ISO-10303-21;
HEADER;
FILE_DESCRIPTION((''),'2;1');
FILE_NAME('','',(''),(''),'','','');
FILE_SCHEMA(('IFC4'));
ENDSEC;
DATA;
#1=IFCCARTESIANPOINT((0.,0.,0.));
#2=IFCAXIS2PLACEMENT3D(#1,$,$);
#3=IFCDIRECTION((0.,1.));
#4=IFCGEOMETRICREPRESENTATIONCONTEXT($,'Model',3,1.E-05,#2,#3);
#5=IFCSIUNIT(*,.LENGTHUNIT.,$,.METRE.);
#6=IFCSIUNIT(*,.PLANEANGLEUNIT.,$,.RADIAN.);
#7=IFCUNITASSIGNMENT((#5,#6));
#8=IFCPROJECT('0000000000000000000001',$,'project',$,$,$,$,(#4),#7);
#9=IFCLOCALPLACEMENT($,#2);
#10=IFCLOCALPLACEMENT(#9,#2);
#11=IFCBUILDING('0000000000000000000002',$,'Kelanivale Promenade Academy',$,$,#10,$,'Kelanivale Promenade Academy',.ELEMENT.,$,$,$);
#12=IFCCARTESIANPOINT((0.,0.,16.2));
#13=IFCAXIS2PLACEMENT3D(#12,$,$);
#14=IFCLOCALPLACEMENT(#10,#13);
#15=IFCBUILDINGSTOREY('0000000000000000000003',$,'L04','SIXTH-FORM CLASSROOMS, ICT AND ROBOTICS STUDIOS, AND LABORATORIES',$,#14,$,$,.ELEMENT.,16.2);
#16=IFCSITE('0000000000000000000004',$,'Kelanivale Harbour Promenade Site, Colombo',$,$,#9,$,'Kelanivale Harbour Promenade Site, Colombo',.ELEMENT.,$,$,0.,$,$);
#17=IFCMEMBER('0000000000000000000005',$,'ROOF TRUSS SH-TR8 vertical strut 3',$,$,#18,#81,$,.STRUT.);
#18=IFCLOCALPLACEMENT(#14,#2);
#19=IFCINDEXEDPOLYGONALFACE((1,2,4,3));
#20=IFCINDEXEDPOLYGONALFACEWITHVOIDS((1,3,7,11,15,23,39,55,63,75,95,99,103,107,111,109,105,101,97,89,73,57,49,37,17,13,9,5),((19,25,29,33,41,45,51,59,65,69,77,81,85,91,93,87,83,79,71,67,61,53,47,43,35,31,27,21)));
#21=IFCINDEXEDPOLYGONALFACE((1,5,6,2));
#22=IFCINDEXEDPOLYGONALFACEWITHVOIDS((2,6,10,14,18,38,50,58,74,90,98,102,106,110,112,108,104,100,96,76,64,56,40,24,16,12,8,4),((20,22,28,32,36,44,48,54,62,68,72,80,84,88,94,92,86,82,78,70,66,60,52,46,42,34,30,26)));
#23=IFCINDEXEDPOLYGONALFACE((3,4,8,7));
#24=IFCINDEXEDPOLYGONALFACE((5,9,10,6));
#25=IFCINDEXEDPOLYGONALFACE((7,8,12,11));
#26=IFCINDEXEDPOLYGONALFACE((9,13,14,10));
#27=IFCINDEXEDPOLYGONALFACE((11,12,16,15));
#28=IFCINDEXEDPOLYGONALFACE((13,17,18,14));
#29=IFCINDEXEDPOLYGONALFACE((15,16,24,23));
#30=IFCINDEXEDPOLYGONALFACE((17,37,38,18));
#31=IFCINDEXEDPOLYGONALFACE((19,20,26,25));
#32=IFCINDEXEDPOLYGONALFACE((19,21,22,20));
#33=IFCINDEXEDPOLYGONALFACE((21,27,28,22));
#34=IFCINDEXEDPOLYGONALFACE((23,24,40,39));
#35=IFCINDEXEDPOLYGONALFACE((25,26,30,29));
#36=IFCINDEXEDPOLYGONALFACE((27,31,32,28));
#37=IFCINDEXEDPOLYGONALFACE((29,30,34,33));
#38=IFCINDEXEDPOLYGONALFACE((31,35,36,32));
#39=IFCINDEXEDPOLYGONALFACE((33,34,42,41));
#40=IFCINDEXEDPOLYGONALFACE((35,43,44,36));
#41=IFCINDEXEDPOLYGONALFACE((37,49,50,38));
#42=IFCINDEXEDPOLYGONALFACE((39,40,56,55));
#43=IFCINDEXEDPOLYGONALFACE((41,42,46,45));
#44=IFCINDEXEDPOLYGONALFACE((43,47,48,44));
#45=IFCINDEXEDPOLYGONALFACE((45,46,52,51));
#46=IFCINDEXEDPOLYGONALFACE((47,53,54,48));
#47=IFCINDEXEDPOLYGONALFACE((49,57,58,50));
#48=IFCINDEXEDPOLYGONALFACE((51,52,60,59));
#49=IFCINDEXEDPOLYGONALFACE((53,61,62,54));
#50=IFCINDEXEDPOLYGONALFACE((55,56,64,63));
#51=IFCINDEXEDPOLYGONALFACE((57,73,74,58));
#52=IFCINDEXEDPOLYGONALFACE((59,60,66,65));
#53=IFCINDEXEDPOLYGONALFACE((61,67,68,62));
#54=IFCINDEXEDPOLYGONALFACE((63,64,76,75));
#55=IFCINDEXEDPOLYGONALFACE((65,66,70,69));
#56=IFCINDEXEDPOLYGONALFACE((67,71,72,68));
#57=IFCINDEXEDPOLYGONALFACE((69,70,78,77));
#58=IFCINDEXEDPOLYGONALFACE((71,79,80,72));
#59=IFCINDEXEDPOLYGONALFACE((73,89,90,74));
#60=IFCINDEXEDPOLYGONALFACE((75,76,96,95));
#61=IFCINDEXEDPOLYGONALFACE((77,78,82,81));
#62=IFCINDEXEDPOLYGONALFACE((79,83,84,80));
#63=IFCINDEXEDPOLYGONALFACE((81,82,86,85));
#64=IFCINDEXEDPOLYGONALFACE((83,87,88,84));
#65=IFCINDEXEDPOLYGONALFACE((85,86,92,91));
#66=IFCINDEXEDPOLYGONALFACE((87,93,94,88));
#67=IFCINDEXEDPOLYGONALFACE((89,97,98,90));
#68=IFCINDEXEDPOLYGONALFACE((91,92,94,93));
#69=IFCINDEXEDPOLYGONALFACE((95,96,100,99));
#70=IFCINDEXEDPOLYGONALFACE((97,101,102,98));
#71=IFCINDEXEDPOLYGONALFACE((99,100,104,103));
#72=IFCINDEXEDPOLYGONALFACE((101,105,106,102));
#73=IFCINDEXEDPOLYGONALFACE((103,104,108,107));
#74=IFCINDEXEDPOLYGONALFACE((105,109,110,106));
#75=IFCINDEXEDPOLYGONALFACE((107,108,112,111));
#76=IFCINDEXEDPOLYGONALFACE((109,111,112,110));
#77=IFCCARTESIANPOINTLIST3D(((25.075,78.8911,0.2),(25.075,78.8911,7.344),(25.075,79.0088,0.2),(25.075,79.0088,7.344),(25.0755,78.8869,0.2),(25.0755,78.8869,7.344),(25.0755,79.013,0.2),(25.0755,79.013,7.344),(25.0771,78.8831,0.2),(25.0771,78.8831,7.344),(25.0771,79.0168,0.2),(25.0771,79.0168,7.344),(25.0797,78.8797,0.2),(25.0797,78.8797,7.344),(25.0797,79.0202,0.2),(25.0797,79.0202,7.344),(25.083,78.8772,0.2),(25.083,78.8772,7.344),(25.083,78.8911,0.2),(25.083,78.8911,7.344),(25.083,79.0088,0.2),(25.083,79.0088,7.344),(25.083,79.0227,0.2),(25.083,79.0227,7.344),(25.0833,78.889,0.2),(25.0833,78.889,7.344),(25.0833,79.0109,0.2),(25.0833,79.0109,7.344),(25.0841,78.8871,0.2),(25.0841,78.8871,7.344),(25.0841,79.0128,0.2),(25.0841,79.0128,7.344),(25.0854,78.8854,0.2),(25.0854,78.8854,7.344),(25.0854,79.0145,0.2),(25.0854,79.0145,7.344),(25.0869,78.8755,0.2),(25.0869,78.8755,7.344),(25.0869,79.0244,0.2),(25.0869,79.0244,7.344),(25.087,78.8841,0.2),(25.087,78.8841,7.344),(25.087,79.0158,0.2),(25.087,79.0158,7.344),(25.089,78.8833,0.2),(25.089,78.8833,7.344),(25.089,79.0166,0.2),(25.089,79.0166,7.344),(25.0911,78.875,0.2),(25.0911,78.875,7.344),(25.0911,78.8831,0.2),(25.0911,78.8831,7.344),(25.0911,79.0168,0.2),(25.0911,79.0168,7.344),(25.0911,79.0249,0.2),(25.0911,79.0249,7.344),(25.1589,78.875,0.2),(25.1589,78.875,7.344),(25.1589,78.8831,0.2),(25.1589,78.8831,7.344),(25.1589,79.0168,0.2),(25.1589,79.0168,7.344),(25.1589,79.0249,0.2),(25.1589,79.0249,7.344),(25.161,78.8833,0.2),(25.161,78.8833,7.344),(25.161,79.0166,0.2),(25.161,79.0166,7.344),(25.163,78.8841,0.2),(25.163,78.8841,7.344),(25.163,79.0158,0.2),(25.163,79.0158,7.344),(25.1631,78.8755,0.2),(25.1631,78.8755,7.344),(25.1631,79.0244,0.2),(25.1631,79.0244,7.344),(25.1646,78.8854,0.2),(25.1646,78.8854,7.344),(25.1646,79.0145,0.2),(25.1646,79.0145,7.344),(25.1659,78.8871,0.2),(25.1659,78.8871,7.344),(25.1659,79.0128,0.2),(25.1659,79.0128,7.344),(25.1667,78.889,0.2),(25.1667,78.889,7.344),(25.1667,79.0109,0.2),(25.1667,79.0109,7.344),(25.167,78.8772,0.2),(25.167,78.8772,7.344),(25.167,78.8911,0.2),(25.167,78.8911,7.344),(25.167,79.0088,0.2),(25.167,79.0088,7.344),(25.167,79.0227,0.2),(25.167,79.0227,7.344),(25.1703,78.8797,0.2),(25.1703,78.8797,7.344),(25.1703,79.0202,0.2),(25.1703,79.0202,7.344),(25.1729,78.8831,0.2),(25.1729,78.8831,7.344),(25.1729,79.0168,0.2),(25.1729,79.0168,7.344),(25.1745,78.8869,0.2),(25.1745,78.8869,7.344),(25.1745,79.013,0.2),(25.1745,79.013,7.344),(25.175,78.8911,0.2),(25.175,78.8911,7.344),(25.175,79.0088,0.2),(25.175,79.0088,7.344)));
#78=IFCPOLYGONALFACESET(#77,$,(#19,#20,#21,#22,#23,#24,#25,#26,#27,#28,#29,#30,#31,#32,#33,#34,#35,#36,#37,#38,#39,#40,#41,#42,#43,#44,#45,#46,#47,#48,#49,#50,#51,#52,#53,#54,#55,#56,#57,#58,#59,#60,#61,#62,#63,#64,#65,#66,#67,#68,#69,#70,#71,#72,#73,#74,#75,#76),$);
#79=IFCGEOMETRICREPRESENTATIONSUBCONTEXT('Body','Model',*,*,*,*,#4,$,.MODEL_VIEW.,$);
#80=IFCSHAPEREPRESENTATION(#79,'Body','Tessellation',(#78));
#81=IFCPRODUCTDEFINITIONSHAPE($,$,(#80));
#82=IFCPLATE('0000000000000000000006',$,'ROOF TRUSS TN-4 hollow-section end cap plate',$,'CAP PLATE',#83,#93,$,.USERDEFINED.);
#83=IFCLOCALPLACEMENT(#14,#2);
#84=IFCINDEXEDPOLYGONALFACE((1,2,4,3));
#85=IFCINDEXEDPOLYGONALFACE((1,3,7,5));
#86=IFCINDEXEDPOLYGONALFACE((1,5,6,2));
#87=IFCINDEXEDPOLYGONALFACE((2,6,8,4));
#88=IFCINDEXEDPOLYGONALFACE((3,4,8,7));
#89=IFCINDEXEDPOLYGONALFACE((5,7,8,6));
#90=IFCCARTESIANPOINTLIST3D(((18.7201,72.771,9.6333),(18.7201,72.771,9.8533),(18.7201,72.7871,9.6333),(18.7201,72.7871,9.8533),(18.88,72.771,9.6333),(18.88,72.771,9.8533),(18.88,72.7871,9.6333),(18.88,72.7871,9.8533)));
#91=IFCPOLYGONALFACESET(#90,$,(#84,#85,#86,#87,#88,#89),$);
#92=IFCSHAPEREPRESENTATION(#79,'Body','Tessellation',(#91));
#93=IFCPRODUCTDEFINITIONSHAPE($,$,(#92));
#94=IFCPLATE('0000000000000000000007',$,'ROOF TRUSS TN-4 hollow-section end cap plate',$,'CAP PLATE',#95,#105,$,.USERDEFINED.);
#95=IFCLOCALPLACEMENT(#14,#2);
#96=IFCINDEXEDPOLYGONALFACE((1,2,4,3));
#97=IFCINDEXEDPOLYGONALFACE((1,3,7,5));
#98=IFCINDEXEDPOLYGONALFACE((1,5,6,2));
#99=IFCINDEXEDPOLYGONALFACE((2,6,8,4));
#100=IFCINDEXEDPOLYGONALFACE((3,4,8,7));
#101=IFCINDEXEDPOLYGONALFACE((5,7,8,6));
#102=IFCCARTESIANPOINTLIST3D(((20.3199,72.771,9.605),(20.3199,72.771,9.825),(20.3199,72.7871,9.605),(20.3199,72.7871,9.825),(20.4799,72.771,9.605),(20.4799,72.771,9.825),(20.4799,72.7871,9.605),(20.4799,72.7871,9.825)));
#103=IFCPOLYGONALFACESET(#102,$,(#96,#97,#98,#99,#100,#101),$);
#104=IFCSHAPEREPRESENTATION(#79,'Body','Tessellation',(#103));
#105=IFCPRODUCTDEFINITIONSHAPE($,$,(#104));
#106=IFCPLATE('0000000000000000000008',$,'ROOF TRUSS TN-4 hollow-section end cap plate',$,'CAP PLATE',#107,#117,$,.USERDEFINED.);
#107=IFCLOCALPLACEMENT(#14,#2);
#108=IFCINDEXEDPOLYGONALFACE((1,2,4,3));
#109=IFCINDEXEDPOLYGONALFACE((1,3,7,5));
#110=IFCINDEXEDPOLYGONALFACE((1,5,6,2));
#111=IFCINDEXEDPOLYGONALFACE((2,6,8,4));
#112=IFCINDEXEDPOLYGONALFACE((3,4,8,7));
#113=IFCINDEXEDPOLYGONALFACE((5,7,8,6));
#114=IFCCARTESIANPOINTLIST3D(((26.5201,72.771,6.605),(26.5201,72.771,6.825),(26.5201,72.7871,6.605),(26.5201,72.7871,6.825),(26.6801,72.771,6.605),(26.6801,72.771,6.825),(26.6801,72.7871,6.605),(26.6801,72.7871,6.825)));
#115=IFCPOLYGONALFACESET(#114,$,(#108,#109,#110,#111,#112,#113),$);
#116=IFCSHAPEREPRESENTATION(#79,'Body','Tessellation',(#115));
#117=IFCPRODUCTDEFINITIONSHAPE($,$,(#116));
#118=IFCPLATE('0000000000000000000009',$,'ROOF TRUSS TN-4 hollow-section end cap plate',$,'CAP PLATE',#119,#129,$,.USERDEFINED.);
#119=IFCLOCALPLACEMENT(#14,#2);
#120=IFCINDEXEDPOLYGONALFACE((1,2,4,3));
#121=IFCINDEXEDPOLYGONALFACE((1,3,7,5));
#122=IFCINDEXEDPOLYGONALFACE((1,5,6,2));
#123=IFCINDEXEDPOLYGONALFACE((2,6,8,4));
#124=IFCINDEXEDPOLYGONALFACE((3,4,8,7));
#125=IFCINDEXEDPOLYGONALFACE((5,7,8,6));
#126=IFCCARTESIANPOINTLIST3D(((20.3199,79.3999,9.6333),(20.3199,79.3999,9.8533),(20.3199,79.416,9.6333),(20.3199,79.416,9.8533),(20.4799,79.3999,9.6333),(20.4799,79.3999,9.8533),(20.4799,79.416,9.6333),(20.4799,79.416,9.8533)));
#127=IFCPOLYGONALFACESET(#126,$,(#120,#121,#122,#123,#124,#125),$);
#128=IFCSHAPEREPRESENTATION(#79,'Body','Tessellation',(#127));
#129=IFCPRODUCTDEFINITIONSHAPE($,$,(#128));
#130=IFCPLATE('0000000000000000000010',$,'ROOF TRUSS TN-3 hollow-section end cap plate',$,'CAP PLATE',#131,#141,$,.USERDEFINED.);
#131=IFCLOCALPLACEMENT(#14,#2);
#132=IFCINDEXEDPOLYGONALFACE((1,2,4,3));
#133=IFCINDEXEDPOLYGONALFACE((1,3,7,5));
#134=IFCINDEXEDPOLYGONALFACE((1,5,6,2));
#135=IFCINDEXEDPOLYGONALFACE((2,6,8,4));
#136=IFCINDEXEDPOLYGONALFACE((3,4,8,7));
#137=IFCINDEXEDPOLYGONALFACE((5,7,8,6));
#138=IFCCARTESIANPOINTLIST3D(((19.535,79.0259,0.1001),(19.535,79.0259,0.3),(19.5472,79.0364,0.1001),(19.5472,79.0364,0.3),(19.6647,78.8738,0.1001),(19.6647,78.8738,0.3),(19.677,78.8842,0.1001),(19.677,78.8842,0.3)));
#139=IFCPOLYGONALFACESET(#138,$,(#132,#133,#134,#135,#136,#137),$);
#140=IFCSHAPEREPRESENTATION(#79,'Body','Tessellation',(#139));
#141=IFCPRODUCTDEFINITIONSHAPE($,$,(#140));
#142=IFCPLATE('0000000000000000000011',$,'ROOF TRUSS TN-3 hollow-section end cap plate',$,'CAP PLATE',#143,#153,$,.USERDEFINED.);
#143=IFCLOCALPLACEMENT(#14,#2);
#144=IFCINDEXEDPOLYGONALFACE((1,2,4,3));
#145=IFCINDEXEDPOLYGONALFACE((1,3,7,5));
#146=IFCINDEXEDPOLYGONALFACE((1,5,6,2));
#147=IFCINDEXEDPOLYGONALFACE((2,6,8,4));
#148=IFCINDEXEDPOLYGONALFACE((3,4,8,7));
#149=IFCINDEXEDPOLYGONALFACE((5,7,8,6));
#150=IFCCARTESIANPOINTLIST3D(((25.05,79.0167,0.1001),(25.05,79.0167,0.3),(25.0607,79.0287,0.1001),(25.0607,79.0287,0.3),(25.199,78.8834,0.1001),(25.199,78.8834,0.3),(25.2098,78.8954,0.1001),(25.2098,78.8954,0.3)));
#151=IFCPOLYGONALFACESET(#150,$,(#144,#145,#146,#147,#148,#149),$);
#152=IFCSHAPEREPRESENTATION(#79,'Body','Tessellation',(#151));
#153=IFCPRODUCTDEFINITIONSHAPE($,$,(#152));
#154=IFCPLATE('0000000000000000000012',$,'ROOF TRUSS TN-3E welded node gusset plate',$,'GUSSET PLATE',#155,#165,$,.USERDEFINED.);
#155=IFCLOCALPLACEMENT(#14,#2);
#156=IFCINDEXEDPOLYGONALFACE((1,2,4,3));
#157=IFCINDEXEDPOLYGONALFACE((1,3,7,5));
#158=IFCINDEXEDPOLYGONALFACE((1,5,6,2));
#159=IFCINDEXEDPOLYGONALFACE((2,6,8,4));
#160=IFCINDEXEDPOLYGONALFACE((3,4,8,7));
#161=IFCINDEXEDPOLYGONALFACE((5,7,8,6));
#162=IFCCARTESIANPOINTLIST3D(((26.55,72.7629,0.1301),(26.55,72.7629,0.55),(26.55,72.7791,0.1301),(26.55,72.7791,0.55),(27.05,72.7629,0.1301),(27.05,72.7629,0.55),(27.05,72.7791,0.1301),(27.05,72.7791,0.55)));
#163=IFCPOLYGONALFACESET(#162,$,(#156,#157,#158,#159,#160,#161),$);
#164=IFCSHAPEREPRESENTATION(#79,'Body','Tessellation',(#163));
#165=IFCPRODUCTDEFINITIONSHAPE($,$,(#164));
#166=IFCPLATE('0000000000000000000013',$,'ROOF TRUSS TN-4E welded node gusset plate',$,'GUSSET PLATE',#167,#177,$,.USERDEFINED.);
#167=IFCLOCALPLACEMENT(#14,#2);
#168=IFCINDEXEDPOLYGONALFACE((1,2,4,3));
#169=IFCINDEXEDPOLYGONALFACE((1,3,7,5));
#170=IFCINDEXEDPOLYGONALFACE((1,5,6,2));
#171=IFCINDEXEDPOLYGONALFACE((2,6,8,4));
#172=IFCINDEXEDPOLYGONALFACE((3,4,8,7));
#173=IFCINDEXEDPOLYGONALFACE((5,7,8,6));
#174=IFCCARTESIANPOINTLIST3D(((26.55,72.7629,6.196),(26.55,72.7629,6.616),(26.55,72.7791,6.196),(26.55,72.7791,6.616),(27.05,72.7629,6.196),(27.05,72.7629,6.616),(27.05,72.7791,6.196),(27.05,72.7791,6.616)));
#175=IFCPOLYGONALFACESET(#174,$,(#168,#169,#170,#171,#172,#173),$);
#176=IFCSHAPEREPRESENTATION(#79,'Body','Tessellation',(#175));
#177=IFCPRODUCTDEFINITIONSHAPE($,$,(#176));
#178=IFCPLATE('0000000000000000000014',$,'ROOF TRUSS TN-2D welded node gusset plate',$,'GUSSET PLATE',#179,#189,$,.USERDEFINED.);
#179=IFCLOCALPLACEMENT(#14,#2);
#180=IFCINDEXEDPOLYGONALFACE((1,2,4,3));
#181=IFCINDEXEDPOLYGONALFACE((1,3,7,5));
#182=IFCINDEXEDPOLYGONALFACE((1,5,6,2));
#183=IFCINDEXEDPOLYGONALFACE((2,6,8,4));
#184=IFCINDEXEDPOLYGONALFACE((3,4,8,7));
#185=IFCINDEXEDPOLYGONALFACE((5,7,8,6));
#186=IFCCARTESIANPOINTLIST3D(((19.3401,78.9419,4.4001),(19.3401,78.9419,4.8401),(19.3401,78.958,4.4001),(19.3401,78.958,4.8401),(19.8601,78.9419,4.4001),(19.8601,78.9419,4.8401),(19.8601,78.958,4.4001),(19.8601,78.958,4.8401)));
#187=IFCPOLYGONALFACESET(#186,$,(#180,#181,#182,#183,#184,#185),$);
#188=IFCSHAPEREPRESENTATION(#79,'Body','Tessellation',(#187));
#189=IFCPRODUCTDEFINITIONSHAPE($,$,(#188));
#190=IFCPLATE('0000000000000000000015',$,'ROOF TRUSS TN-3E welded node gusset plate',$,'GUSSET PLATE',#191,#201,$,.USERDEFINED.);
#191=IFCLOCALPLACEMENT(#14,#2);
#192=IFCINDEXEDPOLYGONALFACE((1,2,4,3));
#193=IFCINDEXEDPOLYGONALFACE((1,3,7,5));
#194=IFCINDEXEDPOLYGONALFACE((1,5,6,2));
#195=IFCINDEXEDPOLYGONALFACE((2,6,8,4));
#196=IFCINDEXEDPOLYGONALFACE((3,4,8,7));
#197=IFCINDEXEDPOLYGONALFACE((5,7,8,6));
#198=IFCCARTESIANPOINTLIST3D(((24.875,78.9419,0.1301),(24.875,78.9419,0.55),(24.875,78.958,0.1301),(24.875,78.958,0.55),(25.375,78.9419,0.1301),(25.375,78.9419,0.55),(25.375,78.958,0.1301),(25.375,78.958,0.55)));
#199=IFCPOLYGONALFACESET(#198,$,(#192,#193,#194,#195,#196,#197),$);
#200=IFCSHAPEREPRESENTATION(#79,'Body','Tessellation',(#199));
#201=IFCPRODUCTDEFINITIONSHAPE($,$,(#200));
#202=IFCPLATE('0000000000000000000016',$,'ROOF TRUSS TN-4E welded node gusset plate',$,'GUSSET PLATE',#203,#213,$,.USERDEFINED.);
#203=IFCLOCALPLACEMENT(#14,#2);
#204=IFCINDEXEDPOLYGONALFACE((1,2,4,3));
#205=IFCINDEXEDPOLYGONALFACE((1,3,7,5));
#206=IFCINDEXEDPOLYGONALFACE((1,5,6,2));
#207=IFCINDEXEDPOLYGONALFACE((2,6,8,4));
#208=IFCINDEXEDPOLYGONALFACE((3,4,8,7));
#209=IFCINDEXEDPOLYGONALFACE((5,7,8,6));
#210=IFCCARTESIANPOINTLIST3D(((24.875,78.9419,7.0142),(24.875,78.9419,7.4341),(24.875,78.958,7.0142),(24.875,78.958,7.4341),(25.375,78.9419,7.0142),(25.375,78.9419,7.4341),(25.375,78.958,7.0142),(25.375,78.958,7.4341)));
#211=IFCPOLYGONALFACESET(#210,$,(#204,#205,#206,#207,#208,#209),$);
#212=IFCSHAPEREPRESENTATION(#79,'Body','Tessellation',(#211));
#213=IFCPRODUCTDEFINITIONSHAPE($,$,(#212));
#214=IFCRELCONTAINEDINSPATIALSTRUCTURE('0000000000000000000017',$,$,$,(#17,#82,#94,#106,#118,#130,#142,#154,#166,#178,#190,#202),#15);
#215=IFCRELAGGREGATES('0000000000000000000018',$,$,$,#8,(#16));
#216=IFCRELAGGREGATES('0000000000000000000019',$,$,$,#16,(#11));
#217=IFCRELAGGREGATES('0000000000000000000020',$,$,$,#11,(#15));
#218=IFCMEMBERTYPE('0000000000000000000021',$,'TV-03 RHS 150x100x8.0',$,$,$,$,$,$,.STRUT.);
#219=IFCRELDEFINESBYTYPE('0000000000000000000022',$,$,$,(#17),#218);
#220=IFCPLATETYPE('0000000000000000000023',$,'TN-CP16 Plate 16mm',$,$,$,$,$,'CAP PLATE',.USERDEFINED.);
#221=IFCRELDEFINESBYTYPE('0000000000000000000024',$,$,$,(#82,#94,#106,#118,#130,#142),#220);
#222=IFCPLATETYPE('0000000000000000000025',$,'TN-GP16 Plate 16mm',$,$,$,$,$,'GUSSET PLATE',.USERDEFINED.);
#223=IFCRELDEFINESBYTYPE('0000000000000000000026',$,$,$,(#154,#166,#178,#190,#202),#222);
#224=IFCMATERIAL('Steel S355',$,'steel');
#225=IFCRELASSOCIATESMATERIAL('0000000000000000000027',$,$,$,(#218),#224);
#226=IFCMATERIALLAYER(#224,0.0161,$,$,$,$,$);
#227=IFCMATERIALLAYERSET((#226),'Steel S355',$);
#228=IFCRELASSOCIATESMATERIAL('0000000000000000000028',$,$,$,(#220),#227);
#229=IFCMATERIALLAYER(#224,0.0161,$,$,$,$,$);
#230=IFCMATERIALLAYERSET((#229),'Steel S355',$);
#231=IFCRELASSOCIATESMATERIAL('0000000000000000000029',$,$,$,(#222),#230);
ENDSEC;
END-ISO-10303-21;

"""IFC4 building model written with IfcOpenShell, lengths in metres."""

from ifc_helpers import new_model, si_unit, direction, frame, origin, origin_2d, place, context, subcontext, project, spatial, rectangle, hollow_rectangle, extrude, material, layer, layer_set, material_profile, profile_set, type_object, element, save


model = new_model("IFC4")

# Units and contexts
model_context = context("Model", 3, precision=1e-05, world=origin(), true_north=direction((0.0, 1.0)))
body_context = subcontext(model_context, "Body", "Model", "MODEL_VIEW")
ifc_project = project(units=[si_unit("LENGTHUNIT", "METRE"), si_unit("PLANEANGLEUNIT", "RADIAN")], contexts=[model_context])

# Site, building, storey
site_placement = place(None, origin())
site = spatial("IfcSite", under=ifc_project, at=site_placement, Name="Kelanivale Harbour Promenade Site, Colombo", LongName="Kelanivale Harbour Promenade Site, Colombo", CompositionType="ELEMENT", RefElevation=0.0)
building_placement = place(site_placement, origin())
building = spatial("IfcBuilding", under=site, at=building_placement, Name="Kelanivale Promenade Academy", LongName="Kelanivale Promenade Academy", CompositionType="ELEMENT")
storey_placement = place(building_placement, frame((0.0, 0.0, 16.2)))
storey = spatial("IfcBuildingStorey", under=building, at=storey_placement, Name="L04", Description="SIXTH-FORM CLASSROOMS, ICT AND ROBOTICS STUDIOS, AND LABORATORIES", CompositionType="ELEMENT", Elevation=16.2)

# Member
ifc_material_1 = material(Name="Steel S355", Category="steel")
ifc_material_profile_1 = material_profile(ifc_material_1, hollow_rectangle(XDim=0.1001, YDim=0.1499, WallThickness=0.0081, InnerFilletRadius=0.0081, OuterFilletRadius=0.0161, at=origin_2d()), Name="RHS 150x100x8.0")
ifc_profile_set_1 = profile_set([ifc_material_profile_1], Name="Steel S355")
member_type_1 = type_object("IfcMemberType", Name="TV-03 RHS 150x100x8.0", PredefinedType="STRUT", material=ifc_profile_set_1)
member_1_placement = place(storey_placement, frame((25.125, 78.95, 0.2), z_axis=(0.0, 0.0, 1.0), x_axis=(1.0, 0.0, 0.0)))
element("IfcMember", 1, at=member_1_placement, inside=storey, type_object=member_type_1, Name="ROOF TRUSS SH-TR8 vertical strut 3", PredefinedType="STRUT", context=body_context, shape_type="SweptSolid", body=[
    extrude(hollow_rectangle(XDim=0.1001, YDim=0.1499, WallThickness=0.0081, InnerFilletRadius=0.0081, OuterFilletRadius=0.0161, at=origin_2d()), origin(), (0.0, 0.0, 1.0), 7.144),
])

# Plates
ifc_layer_1 = layer(ifc_material_1, 0.0161)
ifc_layer_set_1 = layer_set([ifc_layer_1], Name="Steel S355")
plate_type_1 = type_object("IfcPlateType", Name="TN-CP16 Plate 16mm", ElementType="CAP PLATE", PredefinedType="USERDEFINED", material=ifc_layer_set_1)
for number, where, z_axis, x_axis, name in (
    (2, (18.8, 72.7791, 9.6333), (0.0, 0.0, 1.0), (0.0, 1.0, 0.0), "ROOF TRUSS TN-4 hollow-section end cap plate"),
    (3, (20.3999, 72.7791, 9.605), (0.0, 0.0, 1.0), (0.0, 1.0, 0.0), "ROOF TRUSS TN-4 hollow-section end cap plate"),
    (4, (26.6001, 72.7791, 6.605), (0.0, 0.0, 1.0), (0.0, 1.0, 0.0), "ROOF TRUSS TN-4 hollow-section end cap plate"),
    (5, (20.3999, 79.408, 9.6333), (0.0, 0.0, 1.0), (0.0, 1.0, 0.0), "ROOF TRUSS TN-4 hollow-section end cap plate"),
):
    element("IfcPlate", number, at=place(storey_placement, frame(where, z_axis=z_axis, x_axis=x_axis)), inside=storey, type_object=plate_type_1, Name=name, ObjectType="CAP PLATE", PredefinedType="USERDEFINED", context=body_context, shape_type="SweptSolid", body=[
        extrude(rectangle(XDim=0.0161, YDim=0.1599, at=origin_2d()), origin(), (0.0, 0.0, 1.0), 0.22),
    ])
for number, where, z_axis, x_axis, name in (
    (6, (19.606, 78.9551, 0.1001), (0.0, 0.0, 1.0), (0.760859, 0.648917, 0.0), "ROOF TRUSS TN-3 hollow-section end cap plate"),
    (7, (25.1299, 78.9561, 0.1001), (0.0, 0.0, 1.0), (0.666532, 0.745476, 0.0), "ROOF TRUSS TN-3 hollow-section end cap plate"),
):
    element("IfcPlate", number, at=place(storey_placement, frame(where, z_axis=z_axis, x_axis=x_axis)), inside=storey, type_object=plate_type_1, Name=name, ObjectType="CAP PLATE", PredefinedType="USERDEFINED", context=body_context, shape_type="SweptSolid", body=[
        extrude(rectangle(XDim=0.0161, YDim=0.2, at=origin_2d()), origin(), (0.0, 0.0, 1.0), 0.2),
    ])
ifc_layer_2 = layer(ifc_material_1, 0.0161)
ifc_layer_set_2 = layer_set([ifc_layer_2], Name="Steel S355")
plate_type_2 = type_object("IfcPlateType", Name="TN-GP16 Plate 16mm", ElementType="GUSSET PLATE", PredefinedType="USERDEFINED", material=ifc_layer_set_2)
for number, where, z_axis, x_axis, name in (
    (8, (26.8, 72.771, 0.1301), (0.0, 0.0, 1.0), (1.0, 0.0, 0.0), "ROOF TRUSS TN-3E welded node gusset plate"),
    (9, (26.8, 72.771, 6.196), (0.0, 0.0, 1.0), (1.0, 0.0, 0.0), "ROOF TRUSS TN-4E welded node gusset plate"),
):
    element("IfcPlate", number, at=place(storey_placement, frame(where, z_axis=z_axis, x_axis=x_axis)), inside=storey, type_object=plate_type_2, Name=name, ObjectType="GUSSET PLATE", PredefinedType="USERDEFINED", context=body_context, shape_type="SweptSolid", body=[
        extrude(rectangle(XDim=0.5, YDim=0.0161, at=origin_2d()), origin(), (0.0, 0.0, 1.0), 0.4199),
    ])
plate_1_placement = place(storey_placement, frame((19.6001, 78.95, 4.4001), z_axis=(0.0, 0.0, 1.0), x_axis=(1.0, 0.0, 0.0)))
element("IfcPlate", 10, at=plate_1_placement, inside=storey, type_object=plate_type_2, Name="ROOF TRUSS TN-2D welded node gusset plate", ObjectType="GUSSET PLATE", PredefinedType="USERDEFINED", context=body_context, shape_type="SweptSolid", body=[
    extrude(rectangle(XDim=0.52, YDim=0.0161, at=origin_2d()), origin(), (0.0, 0.0, 1.0), 0.4399),
])
for number, where, z_axis, x_axis, name in (
    (11, (25.125, 78.95, 0.1301), (0.0, 0.0, 1.0), (1.0, 0.0, 0.0), "ROOF TRUSS TN-3E welded node gusset plate"),
    (12, (25.125, 78.95, 7.0142), (0.0, 0.0, 1.0), (1.0, 0.0, 0.0), "ROOF TRUSS TN-4E welded node gusset plate"),
):
    element("IfcPlate", number, at=place(storey_placement, frame(where, z_axis=z_axis, x_axis=x_axis)), inside=storey, type_object=plate_type_2, Name=name, ObjectType="GUSSET PLATE", PredefinedType="USERDEFINED", context=body_context, shape_type="SweptSolid", body=[
        extrude(rectangle(XDim=0.5, YDim=0.0161, at=origin_2d()), origin(), (0.0, 0.0, 1.0), 0.4199),
    ])

save(model, "model.ifc")
